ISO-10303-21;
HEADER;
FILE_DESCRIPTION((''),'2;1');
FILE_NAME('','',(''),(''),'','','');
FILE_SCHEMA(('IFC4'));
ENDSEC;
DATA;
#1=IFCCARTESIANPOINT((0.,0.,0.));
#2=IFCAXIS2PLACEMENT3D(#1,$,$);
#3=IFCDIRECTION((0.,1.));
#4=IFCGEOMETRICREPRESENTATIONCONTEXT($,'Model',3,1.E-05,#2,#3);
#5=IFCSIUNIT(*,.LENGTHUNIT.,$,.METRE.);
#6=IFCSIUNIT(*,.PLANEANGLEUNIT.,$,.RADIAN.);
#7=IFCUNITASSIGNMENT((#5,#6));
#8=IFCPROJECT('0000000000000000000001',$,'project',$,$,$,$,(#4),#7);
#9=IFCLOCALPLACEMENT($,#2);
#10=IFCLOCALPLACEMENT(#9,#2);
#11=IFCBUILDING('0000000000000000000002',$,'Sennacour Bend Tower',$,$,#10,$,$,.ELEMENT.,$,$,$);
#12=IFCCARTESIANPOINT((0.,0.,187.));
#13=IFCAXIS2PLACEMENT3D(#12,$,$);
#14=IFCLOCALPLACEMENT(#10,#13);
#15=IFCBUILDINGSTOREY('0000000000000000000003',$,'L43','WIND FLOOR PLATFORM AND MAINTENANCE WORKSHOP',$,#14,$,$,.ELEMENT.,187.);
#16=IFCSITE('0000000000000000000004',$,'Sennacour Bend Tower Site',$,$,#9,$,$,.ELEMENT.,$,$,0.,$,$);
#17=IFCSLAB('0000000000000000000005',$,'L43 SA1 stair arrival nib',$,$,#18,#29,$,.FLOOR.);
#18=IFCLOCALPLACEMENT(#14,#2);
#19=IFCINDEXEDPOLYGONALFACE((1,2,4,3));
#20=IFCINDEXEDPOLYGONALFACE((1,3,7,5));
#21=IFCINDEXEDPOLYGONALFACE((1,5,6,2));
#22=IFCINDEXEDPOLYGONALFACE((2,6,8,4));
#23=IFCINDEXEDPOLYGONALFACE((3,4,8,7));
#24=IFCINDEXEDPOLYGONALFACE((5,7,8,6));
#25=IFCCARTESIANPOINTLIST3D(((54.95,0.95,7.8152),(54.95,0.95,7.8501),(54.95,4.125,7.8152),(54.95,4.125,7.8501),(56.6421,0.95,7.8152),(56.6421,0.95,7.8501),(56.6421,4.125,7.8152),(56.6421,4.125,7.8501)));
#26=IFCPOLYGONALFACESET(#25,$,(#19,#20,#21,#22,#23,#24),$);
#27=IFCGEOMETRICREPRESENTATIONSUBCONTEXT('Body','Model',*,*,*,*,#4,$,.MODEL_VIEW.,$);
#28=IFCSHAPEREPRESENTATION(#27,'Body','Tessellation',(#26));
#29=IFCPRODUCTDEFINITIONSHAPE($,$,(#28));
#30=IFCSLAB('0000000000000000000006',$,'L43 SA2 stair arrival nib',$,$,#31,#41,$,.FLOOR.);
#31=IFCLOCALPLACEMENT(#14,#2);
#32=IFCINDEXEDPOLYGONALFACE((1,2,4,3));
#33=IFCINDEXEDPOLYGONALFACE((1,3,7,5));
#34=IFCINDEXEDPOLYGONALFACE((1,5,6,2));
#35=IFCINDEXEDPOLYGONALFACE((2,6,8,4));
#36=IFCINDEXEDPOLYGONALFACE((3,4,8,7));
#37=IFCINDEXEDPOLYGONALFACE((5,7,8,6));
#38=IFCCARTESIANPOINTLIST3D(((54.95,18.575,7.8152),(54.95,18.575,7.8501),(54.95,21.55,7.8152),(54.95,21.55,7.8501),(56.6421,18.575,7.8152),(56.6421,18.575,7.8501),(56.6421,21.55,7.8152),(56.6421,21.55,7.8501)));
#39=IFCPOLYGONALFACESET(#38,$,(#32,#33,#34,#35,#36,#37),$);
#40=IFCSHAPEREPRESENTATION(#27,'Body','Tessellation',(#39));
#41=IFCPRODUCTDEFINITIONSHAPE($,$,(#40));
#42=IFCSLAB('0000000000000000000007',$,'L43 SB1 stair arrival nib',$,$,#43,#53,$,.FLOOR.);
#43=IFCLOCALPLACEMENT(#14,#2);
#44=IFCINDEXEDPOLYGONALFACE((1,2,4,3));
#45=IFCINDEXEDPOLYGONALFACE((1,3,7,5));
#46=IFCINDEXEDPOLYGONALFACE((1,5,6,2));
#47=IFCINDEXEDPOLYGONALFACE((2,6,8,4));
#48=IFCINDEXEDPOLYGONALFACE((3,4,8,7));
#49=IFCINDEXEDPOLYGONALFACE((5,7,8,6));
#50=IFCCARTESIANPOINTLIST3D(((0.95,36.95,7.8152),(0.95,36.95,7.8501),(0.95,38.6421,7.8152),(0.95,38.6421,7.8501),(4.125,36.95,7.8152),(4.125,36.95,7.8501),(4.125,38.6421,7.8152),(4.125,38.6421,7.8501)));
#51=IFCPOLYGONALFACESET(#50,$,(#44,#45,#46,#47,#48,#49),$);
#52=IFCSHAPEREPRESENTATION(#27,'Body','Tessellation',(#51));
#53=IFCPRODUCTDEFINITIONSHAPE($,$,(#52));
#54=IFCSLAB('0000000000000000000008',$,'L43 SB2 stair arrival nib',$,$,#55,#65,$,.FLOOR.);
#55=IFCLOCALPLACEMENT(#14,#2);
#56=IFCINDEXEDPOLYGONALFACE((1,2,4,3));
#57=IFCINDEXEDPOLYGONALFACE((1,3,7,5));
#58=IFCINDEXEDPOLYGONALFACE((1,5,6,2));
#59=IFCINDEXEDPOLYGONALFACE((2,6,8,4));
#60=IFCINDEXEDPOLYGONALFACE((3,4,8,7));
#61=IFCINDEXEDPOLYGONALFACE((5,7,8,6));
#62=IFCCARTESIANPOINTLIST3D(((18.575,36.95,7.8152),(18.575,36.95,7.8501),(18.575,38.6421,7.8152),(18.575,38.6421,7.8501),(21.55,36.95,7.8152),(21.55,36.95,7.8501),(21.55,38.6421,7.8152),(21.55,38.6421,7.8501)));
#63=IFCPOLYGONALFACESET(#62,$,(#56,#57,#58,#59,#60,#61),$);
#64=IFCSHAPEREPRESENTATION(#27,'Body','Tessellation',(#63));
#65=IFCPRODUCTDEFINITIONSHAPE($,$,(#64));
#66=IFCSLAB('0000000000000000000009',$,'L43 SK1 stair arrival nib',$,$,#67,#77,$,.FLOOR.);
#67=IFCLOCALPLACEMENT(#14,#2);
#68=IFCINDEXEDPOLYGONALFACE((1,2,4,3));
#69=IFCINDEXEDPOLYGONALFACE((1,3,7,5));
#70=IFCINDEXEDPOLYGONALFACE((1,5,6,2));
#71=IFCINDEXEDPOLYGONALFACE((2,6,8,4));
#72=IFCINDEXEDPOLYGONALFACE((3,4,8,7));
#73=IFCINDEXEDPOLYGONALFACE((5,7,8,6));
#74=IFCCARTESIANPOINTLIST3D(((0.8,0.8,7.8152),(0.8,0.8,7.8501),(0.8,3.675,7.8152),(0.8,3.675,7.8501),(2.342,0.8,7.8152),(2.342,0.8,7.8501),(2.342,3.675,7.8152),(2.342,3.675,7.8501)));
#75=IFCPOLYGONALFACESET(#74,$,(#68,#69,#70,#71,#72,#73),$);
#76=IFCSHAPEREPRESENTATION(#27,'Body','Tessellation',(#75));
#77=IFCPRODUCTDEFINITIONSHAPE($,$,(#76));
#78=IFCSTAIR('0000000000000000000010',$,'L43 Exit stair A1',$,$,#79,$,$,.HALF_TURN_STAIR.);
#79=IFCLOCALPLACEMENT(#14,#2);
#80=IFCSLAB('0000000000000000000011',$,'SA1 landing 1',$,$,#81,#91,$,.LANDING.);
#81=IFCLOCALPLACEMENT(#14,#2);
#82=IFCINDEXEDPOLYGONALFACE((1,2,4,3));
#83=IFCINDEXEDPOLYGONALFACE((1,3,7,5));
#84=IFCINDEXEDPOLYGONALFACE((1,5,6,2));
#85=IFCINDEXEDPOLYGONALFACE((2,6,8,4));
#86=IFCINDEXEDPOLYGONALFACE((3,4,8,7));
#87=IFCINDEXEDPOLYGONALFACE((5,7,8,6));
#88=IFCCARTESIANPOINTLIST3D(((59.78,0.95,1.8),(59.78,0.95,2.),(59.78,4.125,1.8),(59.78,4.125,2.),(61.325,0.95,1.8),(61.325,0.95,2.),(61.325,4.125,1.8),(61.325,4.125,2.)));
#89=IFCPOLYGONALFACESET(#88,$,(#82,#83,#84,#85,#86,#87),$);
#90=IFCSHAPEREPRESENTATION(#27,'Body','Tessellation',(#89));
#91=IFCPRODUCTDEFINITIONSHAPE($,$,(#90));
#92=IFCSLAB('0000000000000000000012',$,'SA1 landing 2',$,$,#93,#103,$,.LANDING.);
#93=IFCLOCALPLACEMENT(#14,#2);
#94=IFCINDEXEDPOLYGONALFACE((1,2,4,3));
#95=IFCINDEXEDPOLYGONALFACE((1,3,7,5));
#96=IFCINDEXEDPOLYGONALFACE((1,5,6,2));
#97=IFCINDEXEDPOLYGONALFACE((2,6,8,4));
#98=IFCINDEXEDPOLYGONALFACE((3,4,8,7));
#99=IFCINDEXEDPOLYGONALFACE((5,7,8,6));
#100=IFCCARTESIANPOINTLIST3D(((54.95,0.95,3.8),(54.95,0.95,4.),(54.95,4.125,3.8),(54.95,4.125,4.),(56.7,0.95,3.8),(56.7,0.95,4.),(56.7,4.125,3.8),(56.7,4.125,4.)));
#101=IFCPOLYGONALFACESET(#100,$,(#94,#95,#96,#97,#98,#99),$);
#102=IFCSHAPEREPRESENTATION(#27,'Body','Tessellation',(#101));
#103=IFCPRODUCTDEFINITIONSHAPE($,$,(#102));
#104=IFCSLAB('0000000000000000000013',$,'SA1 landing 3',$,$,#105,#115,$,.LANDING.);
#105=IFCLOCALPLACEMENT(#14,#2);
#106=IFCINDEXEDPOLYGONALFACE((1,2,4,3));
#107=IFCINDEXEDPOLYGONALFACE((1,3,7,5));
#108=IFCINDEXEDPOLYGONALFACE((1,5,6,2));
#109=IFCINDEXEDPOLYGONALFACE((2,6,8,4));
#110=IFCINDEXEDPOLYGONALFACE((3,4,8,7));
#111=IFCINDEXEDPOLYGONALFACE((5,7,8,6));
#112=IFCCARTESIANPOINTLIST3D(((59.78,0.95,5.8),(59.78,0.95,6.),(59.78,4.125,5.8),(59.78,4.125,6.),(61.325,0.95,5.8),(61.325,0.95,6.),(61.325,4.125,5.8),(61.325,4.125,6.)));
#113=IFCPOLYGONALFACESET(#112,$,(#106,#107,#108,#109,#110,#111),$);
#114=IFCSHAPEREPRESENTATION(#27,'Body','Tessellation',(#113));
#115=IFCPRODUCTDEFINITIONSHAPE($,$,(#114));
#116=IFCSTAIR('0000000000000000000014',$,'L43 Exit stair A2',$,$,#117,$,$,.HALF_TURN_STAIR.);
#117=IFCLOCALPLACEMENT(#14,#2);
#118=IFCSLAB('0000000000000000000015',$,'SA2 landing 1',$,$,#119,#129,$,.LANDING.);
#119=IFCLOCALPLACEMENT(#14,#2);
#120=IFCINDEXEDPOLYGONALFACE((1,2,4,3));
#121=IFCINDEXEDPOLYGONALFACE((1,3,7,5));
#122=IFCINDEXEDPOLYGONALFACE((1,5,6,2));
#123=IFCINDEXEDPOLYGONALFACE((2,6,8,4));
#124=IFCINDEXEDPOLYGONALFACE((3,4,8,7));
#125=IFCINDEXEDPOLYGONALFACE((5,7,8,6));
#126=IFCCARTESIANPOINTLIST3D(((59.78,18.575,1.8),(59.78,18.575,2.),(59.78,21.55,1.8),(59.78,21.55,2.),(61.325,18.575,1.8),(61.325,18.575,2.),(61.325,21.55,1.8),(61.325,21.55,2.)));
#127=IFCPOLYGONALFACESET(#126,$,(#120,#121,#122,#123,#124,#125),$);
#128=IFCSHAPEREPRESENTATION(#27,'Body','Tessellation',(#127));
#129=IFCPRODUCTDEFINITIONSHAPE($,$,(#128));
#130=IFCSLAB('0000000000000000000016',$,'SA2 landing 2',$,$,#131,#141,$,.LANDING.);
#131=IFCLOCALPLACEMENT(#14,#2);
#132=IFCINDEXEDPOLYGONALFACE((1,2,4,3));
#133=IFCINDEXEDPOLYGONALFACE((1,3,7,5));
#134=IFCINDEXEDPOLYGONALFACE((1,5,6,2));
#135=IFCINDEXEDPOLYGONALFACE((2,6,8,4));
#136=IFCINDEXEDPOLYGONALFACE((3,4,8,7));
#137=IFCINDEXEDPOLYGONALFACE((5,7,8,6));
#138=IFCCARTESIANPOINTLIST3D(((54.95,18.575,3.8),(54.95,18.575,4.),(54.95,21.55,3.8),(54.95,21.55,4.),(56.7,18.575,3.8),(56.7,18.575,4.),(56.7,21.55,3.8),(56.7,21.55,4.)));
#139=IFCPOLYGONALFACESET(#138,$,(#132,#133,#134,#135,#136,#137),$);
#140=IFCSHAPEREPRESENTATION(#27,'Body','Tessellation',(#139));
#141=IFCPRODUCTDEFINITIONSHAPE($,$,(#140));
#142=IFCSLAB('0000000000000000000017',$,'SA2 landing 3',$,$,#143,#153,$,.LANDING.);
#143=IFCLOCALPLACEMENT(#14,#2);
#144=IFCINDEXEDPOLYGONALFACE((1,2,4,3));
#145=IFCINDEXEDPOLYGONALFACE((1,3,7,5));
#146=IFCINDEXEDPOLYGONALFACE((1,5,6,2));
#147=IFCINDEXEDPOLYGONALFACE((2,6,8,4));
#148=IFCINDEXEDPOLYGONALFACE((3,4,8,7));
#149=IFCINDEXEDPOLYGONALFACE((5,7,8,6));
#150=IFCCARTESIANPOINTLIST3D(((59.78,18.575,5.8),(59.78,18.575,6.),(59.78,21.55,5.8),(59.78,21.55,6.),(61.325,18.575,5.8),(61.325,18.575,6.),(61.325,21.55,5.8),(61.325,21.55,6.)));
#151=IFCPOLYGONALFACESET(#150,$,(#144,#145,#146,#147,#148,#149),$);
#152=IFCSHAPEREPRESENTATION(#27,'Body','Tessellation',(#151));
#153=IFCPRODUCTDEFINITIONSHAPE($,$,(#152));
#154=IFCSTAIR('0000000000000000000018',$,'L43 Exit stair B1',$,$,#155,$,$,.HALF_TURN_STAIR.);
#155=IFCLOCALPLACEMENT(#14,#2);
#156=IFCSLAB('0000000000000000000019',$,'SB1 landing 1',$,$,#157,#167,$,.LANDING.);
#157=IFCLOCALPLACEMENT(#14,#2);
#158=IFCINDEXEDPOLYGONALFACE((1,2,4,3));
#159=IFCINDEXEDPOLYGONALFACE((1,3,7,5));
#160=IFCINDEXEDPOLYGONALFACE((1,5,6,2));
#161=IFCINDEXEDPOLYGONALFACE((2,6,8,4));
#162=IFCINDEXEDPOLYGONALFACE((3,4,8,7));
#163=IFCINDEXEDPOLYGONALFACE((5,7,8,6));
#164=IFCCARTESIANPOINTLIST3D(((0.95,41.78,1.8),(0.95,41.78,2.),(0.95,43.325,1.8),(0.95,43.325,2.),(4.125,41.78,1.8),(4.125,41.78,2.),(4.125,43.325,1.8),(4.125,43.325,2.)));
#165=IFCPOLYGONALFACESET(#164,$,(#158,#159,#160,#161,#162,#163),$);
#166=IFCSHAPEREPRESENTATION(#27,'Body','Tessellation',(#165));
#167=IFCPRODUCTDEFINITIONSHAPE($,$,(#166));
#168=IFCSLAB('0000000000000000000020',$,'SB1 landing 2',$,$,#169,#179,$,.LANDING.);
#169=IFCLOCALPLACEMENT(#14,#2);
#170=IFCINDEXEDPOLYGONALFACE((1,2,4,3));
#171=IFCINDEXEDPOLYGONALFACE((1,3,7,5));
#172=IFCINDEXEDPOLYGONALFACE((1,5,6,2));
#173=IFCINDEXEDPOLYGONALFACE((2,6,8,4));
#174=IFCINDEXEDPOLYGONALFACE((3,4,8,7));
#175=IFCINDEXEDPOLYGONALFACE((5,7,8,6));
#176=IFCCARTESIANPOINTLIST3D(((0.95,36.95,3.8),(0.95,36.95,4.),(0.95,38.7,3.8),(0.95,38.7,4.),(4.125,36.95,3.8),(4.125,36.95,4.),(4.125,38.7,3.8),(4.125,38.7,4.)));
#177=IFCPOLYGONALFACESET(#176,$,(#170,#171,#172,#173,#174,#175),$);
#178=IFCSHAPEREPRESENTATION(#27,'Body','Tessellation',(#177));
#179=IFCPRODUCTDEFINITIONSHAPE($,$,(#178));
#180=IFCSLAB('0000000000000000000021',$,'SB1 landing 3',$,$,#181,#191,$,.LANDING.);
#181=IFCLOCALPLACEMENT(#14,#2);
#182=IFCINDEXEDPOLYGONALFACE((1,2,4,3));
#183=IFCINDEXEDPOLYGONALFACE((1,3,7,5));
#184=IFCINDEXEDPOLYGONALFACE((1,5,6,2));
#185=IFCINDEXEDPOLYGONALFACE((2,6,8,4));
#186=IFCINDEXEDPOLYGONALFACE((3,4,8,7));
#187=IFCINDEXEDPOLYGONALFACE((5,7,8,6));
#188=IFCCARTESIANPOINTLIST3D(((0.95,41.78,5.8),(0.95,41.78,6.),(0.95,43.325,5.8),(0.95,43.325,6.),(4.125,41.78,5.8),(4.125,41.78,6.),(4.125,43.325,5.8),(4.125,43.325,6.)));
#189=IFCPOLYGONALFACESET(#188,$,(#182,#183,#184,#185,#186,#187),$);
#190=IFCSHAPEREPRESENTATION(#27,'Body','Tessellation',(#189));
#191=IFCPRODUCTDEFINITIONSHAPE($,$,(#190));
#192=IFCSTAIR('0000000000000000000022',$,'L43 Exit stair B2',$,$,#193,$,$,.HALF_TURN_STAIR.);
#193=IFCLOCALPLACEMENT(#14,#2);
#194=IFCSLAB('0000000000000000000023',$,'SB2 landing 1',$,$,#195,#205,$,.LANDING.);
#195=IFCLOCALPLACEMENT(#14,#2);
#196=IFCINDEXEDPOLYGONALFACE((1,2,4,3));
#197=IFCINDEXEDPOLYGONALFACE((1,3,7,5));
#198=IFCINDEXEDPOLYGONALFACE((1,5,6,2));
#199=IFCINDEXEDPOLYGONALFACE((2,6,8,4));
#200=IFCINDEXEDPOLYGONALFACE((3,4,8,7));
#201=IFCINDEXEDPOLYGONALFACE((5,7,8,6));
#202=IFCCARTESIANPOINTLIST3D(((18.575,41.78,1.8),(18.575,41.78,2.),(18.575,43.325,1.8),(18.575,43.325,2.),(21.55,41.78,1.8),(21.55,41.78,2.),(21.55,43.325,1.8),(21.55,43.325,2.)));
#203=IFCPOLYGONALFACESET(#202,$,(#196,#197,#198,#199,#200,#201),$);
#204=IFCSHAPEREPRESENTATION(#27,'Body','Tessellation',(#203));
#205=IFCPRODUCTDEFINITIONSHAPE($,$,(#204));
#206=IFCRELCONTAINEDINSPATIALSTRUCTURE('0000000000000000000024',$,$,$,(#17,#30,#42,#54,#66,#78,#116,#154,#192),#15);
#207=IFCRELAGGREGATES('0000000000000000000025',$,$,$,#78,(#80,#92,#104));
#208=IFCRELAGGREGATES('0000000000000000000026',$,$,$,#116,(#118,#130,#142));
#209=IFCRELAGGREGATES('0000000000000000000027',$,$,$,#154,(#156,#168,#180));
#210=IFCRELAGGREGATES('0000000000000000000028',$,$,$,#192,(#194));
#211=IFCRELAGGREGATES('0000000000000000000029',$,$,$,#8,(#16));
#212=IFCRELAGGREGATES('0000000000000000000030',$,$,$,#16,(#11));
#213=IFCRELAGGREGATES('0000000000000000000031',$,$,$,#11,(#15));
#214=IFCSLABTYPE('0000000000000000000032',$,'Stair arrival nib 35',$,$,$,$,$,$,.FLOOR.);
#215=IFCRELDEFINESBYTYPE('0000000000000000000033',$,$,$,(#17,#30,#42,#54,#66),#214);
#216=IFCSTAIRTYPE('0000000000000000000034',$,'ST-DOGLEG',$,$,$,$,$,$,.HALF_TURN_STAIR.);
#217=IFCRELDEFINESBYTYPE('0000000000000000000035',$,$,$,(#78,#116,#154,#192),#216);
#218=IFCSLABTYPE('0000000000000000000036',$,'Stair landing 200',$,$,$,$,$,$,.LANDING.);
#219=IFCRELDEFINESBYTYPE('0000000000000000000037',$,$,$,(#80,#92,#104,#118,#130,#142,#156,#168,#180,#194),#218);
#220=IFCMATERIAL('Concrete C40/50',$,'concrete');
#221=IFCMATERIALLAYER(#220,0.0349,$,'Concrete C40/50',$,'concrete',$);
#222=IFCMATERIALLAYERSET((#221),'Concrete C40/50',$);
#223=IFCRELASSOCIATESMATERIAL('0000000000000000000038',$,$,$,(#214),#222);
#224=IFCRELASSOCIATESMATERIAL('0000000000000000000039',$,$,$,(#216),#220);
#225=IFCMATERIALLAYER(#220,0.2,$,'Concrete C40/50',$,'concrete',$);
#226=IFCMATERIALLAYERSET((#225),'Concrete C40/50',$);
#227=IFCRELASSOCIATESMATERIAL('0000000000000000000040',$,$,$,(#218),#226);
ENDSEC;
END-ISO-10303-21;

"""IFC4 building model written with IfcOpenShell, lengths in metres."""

from ifc_helpers import new_model, si_unit, direction, frame, origin, place, context, subcontext, project, spatial, polyline, outline, extrude, material, layer, layer_set, type_object, element, aggregate, save


model = new_model("IFC4")

# Units and contexts
model_context = context("Model", 3, precision=1e-05, world=origin(), true_north=direction((0.0, 1.0)))
body_context = subcontext(model_context, "Body", "Model", "MODEL_VIEW")
ifc_project = project(units=[si_unit("LENGTHUNIT", "METRE"), si_unit("PLANEANGLEUNIT", "RADIAN")], contexts=[model_context])

# Site, building, storey
site_placement = place(None, origin())
site = spatial("IfcSite", under=ifc_project, at=site_placement, Name="Sennacour Bend Tower Site", CompositionType="ELEMENT", RefElevation=0.0)
building_placement = place(site_placement, origin())
building = spatial("IfcBuilding", under=site, at=building_placement, Name="Sennacour Bend Tower", CompositionType="ELEMENT")
storey_placement = place(building_placement, frame((0.0, 0.0, 187.0)))
storey = spatial("IfcBuildingStorey", under=building, at=storey_placement, Name="L43", Description="WIND FLOOR PLATFORM AND MAINTENANCE WORKSHOP", CompositionType="ELEMENT", Elevation=187.0)

# Slabs
ifc_material_1 = material(Name="Concrete C40/50", Category="concrete")
ifc_layer_1 = layer(ifc_material_1, 0.0349, Name="Concrete C40/50", Category="concrete")
ifc_layer_set_1 = layer_set([ifc_layer_1], Name="Concrete C40/50")
slab_type_1 = type_object("IfcSlabType", Name="Stair arrival nib 35", PredefinedType="FLOOR", material=ifc_layer_set_1)
slab_1_placement = place(storey_placement, frame((0.0, 0.0, 7.8152)))
element("IfcSlab", 1, at=slab_1_placement, inside=storey, type_object=slab_type_1, Name="L43 SA1 stair arrival nib", PredefinedType="FLOOR", context=body_context, shape_type="SweptSolid", body=[
    extrude(outline(polyline([(56.6421, 4.125), (54.95, 4.125), (54.95, 0.95), (56.6421, 0.95), (56.6421, 4.125)])), origin(), (0.0, 0.0, 1.0), 0.0349),
])
slab_2_placement = place(storey_placement, frame((0.0, 0.0, 7.8152)))
element("IfcSlab", 2, at=slab_2_placement, inside=storey, type_object=slab_type_1, Name="L43 SA2 stair arrival nib", PredefinedType="FLOOR", context=body_context, shape_type="SweptSolid", body=[
    extrude(outline(polyline([(56.6421, 21.55), (54.95, 21.55), (54.95, 18.575), (56.6421, 18.575), (56.6421, 21.55)])), origin(), (0.0, 0.0, 1.0), 0.0349),
])
slab_3_placement = place(storey_placement, frame((0.0, 0.0, 7.8152)))
element("IfcSlab", 3, at=slab_3_placement, inside=storey, type_object=slab_type_1, Name="L43 SB1 stair arrival nib", PredefinedType="FLOOR", context=body_context, shape_type="SweptSolid", body=[
    extrude(outline(polyline([(0.95, 38.6421), (0.95, 36.95), (4.125, 36.95), (4.125, 38.6421), (0.95, 38.6421)])), origin(), (0.0, 0.0, 1.0), 0.0349),
])
slab_4_placement = place(storey_placement, frame((0.0, 0.0, 7.8152)))
element("IfcSlab", 4, at=slab_4_placement, inside=storey, type_object=slab_type_1, Name="L43 SB2 stair arrival nib", PredefinedType="FLOOR", context=body_context, shape_type="SweptSolid", body=[
    extrude(outline(polyline([(18.575, 38.6421), (18.575, 36.95), (21.55, 36.95), (21.55, 38.6421), (18.575, 38.6421)])), origin(), (0.0, 0.0, 1.0), 0.0349),
])
slab_5_placement = place(storey_placement, frame((0.0, 0.0, 7.8152)))
element("IfcSlab", 5, at=slab_5_placement, inside=storey, type_object=slab_type_1, Name="L43 SK1 stair arrival nib", PredefinedType="FLOOR", context=body_context, shape_type="SweptSolid", body=[
    extrude(outline(polyline([(2.342, 3.675), (0.8, 3.675), (0.8, 0.8), (2.342, 0.8), (2.342, 3.675)])), origin(), (0.0, 0.0, 1.0), 0.0349),
])

# Stairs, slabs
stair_type = type_object("IfcStairType", Name="ST-DOGLEG", PredefinedType="HALF_TURN_STAIR", material=ifc_material_1)
stair_1_placement = place(storey_placement, origin())
stair_1 = element("IfcStair", 6, at=stair_1_placement, inside=storey, type_object=stair_type, Name="L43 Exit stair A1", PredefinedType="HALF_TURN_STAIR")
ifc_layer_2 = layer(ifc_material_1, 0.2, Name="Concrete C40/50", Category="concrete")
ifc_layer_set_2 = layer_set([ifc_layer_2], Name="Concrete C40/50")
slab_type_2 = type_object("IfcSlabType", Name="Stair landing 200", PredefinedType="LANDING", material=ifc_layer_set_2)
slab_6_placement = place(storey_placement, frame((0.0, 0.0, 1.8)))
slab_6 = element("IfcSlab", 7, at=slab_6_placement, type_object=slab_type_2, Name="SA1 landing 1", PredefinedType="LANDING", context=body_context, shape_type="SweptSolid", body=[
    extrude(outline(polyline([(59.78, 0.95), (61.325, 0.95), (61.325, 4.125), (59.78, 4.125), (59.78, 0.95)])), origin(), (0.0, 0.0, 1.0), 0.2),
])
slab_7_placement = place(storey_placement, frame((0.0, 0.0, 3.8)))
slab_7 = element("IfcSlab", 8, at=slab_7_placement, type_object=slab_type_2, Name="SA1 landing 2", PredefinedType="LANDING", context=body_context, shape_type="SweptSolid", body=[
    extrude(outline(polyline([(54.95, 0.95), (56.7, 0.95), (56.7, 4.125), (54.95, 4.125), (54.95, 0.95)])), origin(), (0.0, 0.0, 1.0), 0.2),
])
slab_8_placement = place(storey_placement, frame((0.0, 0.0, 5.8)))
slab_8 = element("IfcSlab", 9, at=slab_8_placement, type_object=slab_type_2, Name="SA1 landing 3", PredefinedType="LANDING", context=body_context, shape_type="SweptSolid", body=[
    extrude(outline(polyline([(59.78, 0.95), (61.325, 0.95), (61.325, 4.125), (59.78, 4.125), (59.78, 0.95)])), origin(), (0.0, 0.0, 1.0), 0.2),
])
aggregate(stair_1, [slab_6, slab_7, slab_8])
stair_2_placement = place(storey_placement, origin())
stair_2 = element("IfcStair", 10, at=stair_2_placement, inside=storey, type_object=stair_type, Name="L43 Exit stair A2", PredefinedType="HALF_TURN_STAIR")
slab_9_placement = place(storey_placement, frame((0.0, 0.0, 1.8)))
slab_9 = element("IfcSlab", 11, at=slab_9_placement, type_object=slab_type_2, Name="SA2 landing 1", PredefinedType="LANDING", context=body_context, shape_type="SweptSolid", body=[
    extrude(outline(polyline([(59.78, 18.575), (61.325, 18.575), (61.325, 21.55), (59.78, 21.55), (59.78, 18.575)])), origin(), (0.0, 0.0, 1.0), 0.2),
])
slab_10_placement = place(storey_placement, frame((0.0, 0.0, 3.8)))
slab_10 = element("IfcSlab", 12, at=slab_10_placement, type_object=slab_type_2, Name="SA2 landing 2", PredefinedType="LANDING", context=body_context, shape_type="SweptSolid", body=[
    extrude(outline(polyline([(54.95, 18.575), (56.7, 18.575), (56.7, 21.55), (54.95, 21.55), (54.95, 18.575)])), origin(), (0.0, 0.0, 1.0), 0.2),
])
slab_11_placement = place(storey_placement, frame((0.0, 0.0, 5.8)))
slab_11 = element("IfcSlab", 13, at=slab_11_placement, type_object=slab_type_2, Name="SA2 landing 3", PredefinedType="LANDING", context=body_context, shape_type="SweptSolid", body=[
    extrude(outline(polyline([(59.78, 18.575), (61.325, 18.575), (61.325, 21.55), (59.78, 21.55), (59.78, 18.575)])), origin(), (0.0, 0.0, 1.0), 0.2),
])
aggregate(stair_2, [slab_9, slab_10, slab_11])
stair_3_placement = place(storey_placement, origin())
stair_3 = element("IfcStair", 14, at=stair_3_placement, inside=storey, type_object=stair_type, Name="L43 Exit stair B1", PredefinedType="HALF_TURN_STAIR")
slab_12_placement = place(storey_placement, frame((0.0, 0.0, 1.8)))
slab_12 = element("IfcSlab", 15, at=slab_12_placement, type_object=slab_type_2, Name="SB1 landing 1", PredefinedType="LANDING", context=body_context, shape_type="SweptSolid", body=[
    extrude(outline(polyline([(0.95, 41.78), (4.125, 41.78), (4.125, 43.325), (0.95, 43.325), (0.95, 41.78)])), origin(), (0.0, 0.0, 1.0), 0.2),
])
slab_13_placement = place(storey_placement, frame((0.0, 0.0, 3.8)))
slab_13 = element("IfcSlab", 16, at=slab_13_placement, type_object=slab_type_2, Name="SB1 landing 2", PredefinedType="LANDING", context=body_context, shape_type="SweptSolid", body=[
    extrude(outline(polyline([(0.95, 36.95), (4.125, 36.95), (4.125, 38.7), (0.95, 38.7), (0.95, 36.95)])), origin(), (0.0, 0.0, 1.0), 0.2),
])
slab_14_placement = place(storey_placement, frame((0.0, 0.0, 5.8)))
slab_14 = element("IfcSlab", 17, at=slab_14_placement, type_object=slab_type_2, Name="SB1 landing 3", PredefinedType="LANDING", context=body_context, shape_type="SweptSolid", body=[
    extrude(outline(polyline([(0.95, 41.78), (4.125, 41.78), (4.125, 43.325), (0.95, 43.325), (0.95, 41.78)])), origin(), (0.0, 0.0, 1.0), 0.2),
])
aggregate(stair_3, [slab_12, slab_13, slab_14])
stair_4_placement = place(storey_placement, origin())
stair_4 = element("IfcStair", 18, at=stair_4_placement, inside=storey, type_object=stair_type, Name="L43 Exit stair B2", PredefinedType="HALF_TURN_STAIR")
slab_15_placement = place(storey_placement, frame((0.0, 0.0, 1.8)))
slab_15 = element("IfcSlab", 19, at=slab_15_placement, type_object=slab_type_2, Name="SB2 landing 1", PredefinedType="LANDING", context=body_context, shape_type="SweptSolid", body=[
    extrude(outline(polyline([(18.575, 41.78), (21.55, 41.78), (21.55, 43.325), (18.575, 43.325), (18.575, 41.78)])), origin(), (0.0, 0.0, 1.0), 0.2),
])
aggregate(stair_4, [slab_15])

save(model, "model.ifc")
